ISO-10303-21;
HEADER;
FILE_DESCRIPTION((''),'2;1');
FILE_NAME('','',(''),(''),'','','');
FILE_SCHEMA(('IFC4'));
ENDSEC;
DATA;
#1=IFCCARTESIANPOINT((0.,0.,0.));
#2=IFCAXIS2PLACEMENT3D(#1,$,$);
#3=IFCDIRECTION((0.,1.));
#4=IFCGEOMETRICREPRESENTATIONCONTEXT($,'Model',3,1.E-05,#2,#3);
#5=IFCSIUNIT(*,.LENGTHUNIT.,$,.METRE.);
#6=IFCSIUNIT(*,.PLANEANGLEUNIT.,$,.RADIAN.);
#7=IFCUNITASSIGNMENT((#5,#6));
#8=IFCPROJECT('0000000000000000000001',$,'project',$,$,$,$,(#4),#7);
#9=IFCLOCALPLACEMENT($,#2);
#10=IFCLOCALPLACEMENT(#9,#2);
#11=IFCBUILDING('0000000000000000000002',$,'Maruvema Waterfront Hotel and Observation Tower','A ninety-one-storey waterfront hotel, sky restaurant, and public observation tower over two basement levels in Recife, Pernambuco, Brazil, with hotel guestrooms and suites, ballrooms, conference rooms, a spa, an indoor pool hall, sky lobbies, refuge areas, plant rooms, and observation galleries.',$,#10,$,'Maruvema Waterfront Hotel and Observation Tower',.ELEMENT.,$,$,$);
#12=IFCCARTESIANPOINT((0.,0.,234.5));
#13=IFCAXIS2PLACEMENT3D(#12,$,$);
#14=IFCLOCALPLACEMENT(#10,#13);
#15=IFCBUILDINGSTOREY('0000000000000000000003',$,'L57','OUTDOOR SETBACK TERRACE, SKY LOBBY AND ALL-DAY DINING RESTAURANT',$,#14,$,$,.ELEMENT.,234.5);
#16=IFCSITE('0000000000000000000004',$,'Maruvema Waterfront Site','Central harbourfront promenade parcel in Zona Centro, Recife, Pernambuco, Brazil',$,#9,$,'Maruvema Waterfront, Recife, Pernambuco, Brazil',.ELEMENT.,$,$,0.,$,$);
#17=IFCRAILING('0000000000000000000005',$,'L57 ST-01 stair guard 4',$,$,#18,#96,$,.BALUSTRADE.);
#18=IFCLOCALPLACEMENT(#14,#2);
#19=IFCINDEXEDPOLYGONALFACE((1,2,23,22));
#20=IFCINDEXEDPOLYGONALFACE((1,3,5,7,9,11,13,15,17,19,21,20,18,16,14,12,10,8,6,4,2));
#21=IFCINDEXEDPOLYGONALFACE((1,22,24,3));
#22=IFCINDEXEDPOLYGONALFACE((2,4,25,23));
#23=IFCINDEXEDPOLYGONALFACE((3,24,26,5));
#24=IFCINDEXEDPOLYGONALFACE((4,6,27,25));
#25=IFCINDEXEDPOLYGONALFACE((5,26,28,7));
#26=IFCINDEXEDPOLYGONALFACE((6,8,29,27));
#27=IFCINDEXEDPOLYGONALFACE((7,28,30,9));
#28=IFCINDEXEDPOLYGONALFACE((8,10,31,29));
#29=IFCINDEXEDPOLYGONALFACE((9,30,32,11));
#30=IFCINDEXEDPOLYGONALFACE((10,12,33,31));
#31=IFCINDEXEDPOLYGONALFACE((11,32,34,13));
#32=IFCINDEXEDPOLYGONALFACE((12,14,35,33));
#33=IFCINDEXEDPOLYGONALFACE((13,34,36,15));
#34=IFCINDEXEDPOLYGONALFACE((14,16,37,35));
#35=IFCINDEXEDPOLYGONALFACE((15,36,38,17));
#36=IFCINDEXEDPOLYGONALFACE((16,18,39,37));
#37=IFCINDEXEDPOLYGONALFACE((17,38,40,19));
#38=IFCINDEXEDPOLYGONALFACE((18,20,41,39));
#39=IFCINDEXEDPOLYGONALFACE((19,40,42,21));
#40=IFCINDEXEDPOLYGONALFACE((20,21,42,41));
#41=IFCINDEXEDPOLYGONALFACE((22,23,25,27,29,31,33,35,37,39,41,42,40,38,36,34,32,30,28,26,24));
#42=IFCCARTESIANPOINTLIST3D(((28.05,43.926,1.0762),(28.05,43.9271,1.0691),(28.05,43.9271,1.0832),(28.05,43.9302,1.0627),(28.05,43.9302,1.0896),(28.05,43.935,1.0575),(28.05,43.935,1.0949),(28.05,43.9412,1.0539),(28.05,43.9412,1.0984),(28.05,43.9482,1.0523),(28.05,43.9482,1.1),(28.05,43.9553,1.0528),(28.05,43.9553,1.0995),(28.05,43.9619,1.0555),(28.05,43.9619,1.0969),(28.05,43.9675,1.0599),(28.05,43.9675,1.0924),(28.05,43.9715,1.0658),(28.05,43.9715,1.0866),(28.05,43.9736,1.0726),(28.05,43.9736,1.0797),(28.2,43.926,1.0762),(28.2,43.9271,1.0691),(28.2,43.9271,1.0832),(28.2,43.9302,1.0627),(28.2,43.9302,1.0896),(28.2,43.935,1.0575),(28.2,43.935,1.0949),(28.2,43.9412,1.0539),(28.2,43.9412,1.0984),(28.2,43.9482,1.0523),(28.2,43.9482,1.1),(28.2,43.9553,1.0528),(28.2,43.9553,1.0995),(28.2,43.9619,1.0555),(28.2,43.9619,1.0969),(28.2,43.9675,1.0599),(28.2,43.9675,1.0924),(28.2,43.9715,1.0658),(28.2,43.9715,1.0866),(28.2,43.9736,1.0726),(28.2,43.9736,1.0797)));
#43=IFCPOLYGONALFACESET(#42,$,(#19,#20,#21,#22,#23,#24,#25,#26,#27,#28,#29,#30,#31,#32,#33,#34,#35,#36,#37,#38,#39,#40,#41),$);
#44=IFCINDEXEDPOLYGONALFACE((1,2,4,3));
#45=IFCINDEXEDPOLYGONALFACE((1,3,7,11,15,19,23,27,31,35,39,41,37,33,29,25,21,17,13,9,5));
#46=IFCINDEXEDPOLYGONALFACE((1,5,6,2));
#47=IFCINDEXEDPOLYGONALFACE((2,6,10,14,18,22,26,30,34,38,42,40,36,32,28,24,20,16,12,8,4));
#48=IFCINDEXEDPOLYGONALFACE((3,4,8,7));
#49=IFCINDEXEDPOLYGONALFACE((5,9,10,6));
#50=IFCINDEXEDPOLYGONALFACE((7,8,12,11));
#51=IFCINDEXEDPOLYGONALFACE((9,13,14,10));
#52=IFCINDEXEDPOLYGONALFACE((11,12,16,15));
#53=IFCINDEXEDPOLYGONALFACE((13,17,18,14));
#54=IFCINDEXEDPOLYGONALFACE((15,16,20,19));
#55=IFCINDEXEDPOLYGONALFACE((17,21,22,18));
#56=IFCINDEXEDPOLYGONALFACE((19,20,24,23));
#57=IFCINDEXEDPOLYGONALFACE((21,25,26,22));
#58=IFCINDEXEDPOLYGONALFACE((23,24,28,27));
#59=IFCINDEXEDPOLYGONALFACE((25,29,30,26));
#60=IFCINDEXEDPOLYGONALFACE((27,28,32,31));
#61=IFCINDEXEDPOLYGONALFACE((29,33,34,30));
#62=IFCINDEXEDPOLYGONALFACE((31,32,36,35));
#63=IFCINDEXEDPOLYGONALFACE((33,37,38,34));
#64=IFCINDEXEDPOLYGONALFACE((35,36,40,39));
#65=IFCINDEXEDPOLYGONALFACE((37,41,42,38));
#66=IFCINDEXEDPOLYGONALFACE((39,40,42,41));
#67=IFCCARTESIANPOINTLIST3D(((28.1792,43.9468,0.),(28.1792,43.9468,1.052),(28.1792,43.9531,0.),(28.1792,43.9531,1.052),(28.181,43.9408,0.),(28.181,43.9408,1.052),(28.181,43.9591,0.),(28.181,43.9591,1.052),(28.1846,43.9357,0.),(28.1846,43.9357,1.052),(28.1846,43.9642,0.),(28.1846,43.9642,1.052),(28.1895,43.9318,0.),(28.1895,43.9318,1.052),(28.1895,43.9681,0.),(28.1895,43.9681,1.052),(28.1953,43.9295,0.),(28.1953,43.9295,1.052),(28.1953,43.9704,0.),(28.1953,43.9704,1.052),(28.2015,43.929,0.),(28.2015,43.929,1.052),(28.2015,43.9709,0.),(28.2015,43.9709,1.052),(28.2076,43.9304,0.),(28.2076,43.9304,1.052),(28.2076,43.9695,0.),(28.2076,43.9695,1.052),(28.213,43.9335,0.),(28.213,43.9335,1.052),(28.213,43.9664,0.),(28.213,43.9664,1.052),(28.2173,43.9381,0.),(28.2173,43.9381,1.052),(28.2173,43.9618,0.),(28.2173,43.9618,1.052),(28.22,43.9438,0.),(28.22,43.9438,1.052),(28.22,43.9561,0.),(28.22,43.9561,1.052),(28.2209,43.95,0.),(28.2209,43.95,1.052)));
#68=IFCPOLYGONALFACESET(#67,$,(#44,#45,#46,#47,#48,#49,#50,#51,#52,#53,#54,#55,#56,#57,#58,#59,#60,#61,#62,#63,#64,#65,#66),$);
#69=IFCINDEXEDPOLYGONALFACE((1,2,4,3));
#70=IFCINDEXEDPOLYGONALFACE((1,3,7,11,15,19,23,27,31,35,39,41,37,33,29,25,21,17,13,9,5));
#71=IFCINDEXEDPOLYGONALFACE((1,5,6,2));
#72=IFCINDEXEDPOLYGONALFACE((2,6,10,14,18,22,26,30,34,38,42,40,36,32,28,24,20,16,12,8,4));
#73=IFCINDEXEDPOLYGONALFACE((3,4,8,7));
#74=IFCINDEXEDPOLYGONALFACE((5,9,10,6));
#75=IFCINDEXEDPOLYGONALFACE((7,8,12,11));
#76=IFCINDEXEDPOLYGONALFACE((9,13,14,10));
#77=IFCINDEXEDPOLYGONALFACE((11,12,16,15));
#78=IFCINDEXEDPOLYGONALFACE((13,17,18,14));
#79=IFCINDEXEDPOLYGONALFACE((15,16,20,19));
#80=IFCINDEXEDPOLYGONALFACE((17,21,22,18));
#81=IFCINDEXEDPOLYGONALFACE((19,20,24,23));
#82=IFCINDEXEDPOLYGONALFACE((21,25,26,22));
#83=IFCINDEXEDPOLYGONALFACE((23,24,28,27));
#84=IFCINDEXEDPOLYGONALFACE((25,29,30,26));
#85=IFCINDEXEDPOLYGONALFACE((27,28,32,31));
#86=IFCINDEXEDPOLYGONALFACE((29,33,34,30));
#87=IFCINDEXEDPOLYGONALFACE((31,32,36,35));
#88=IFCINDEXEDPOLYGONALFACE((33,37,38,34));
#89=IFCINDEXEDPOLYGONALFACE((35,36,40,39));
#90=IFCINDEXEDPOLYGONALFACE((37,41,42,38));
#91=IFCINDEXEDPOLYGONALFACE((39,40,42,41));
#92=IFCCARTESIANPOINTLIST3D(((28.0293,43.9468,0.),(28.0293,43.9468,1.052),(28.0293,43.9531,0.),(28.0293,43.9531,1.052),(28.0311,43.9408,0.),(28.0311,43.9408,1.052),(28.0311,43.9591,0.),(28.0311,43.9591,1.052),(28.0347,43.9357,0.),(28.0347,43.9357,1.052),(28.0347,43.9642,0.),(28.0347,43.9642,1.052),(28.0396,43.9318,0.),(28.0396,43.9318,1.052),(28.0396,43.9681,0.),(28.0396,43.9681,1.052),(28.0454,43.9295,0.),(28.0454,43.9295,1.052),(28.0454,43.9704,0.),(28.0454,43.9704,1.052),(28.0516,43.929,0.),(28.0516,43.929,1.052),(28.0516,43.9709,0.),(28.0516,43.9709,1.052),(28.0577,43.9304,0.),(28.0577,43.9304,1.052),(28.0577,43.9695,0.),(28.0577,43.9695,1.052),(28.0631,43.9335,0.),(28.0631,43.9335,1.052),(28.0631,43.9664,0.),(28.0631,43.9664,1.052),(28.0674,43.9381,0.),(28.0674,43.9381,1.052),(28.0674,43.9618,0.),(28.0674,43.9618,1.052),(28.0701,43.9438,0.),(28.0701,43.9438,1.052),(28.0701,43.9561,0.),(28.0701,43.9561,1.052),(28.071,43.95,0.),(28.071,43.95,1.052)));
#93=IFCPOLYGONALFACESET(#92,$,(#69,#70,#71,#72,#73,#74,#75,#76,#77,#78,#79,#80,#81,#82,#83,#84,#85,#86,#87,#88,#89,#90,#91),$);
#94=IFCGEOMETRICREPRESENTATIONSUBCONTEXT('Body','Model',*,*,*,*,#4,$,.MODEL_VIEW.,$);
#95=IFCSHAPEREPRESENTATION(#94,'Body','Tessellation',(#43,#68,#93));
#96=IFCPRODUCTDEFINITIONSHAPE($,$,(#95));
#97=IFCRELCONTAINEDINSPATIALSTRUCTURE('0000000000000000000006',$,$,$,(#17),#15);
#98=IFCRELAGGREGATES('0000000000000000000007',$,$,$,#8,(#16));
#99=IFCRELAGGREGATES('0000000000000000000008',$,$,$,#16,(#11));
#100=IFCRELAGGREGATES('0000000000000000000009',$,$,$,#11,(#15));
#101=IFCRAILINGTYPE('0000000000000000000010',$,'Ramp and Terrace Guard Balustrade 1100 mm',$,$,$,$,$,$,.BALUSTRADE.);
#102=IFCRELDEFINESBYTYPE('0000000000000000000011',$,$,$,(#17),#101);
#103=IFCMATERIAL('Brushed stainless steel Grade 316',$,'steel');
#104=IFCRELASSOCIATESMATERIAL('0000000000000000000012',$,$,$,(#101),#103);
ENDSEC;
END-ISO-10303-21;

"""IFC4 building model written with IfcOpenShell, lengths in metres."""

from ifc_helpers import new_model, si_unit, direction, frame, origin, origin_2d, place, context, subcontext, project, spatial, circle, extrude, material, type_object, element, save


model = new_model("IFC4")

# Units and contexts
model_context = context("Model", 3, precision=1e-05, world=origin(), true_north=direction((0.0, 1.0)))
body_context = subcontext(model_context, "Body", "Model", "MODEL_VIEW")
ifc_project = project(units=[si_unit("LENGTHUNIT", "METRE"), si_unit("PLANEANGLEUNIT", "RADIAN")], contexts=[model_context])

# Site, building, storey
site_placement = place(None, origin())
site = spatial("IfcSite", under=ifc_project, at=site_placement, Name="Maruvema Waterfront Site", Description="Central harbourfront promenade parcel in Zona Centro, Recife, Pernambuco, Brazil", LongName="Maruvema Waterfront, Recife, Pernambuco, Brazil", CompositionType="ELEMENT", RefElevation=0.0)
building_placement = place(site_placement, origin())
building = spatial("IfcBuilding", under=site, at=building_placement, Name="Maruvema Waterfront Hotel and Observation Tower", Description="A ninety-one-storey waterfront hotel, sky restaurant, and public observation tower over two basement levels in Recife, Pernambuco, Brazil, with hotel guestrooms and suites, ballrooms, conference rooms, a spa, an indoor pool hall, sky lobbies, refuge areas, plant rooms, and observation galleries.", LongName="Maruvema Waterfront Hotel and Observation Tower", CompositionType="ELEMENT")
storey_placement = place(building_placement, frame((0.0, 0.0, 234.5)))
storey = spatial("IfcBuildingStorey", under=building, at=storey_placement, Name="L57", Description="OUTDOOR SETBACK TERRACE, SKY LOBBY AND ALL-DAY DINING RESTAURANT", CompositionType="ELEMENT", Elevation=234.5)

# Railing
ifc_material_1 = material(Name="Brushed stainless steel Grade 316", Category="steel")
railing_type_1 = type_object("IfcRailingType", Name="Ramp and Terrace Guard Balustrade 1100 mm", PredefinedType="BALUSTRADE", material=ifc_material_1)
railing_1_placement = place(storey_placement, frame((28.2, 43.95, 0.0)))
element("IfcRailing", 1, at=railing_1_placement, inside=storey, type_object=railing_type_1, Name="L57 ST-01 stair guard 4", PredefinedType="BALUSTRADE", context=body_context, shape_type="SweptSolid", body=[
    extrude(circle(Radius=0.0239, at=origin_2d()), frame((0.0, 0.0, 1.0762), z_axis=(-1.0, 0.0, 0.0), x_axis=(0.0, -1.0, 0.0)), (0.0, 0.0, 1.0), 0.1499),
    extrude(circle(Radius=0.021, at=origin_2d()), origin(), (0.0, 0.0, 1.0), 1.052),
    extrude(circle(Radius=0.021, at=origin_2d()), frame((-0.1499, 0.0, 0.0)), (0.0, 0.0, 1.0), 1.052),
])

save(model, "model.ifc")
